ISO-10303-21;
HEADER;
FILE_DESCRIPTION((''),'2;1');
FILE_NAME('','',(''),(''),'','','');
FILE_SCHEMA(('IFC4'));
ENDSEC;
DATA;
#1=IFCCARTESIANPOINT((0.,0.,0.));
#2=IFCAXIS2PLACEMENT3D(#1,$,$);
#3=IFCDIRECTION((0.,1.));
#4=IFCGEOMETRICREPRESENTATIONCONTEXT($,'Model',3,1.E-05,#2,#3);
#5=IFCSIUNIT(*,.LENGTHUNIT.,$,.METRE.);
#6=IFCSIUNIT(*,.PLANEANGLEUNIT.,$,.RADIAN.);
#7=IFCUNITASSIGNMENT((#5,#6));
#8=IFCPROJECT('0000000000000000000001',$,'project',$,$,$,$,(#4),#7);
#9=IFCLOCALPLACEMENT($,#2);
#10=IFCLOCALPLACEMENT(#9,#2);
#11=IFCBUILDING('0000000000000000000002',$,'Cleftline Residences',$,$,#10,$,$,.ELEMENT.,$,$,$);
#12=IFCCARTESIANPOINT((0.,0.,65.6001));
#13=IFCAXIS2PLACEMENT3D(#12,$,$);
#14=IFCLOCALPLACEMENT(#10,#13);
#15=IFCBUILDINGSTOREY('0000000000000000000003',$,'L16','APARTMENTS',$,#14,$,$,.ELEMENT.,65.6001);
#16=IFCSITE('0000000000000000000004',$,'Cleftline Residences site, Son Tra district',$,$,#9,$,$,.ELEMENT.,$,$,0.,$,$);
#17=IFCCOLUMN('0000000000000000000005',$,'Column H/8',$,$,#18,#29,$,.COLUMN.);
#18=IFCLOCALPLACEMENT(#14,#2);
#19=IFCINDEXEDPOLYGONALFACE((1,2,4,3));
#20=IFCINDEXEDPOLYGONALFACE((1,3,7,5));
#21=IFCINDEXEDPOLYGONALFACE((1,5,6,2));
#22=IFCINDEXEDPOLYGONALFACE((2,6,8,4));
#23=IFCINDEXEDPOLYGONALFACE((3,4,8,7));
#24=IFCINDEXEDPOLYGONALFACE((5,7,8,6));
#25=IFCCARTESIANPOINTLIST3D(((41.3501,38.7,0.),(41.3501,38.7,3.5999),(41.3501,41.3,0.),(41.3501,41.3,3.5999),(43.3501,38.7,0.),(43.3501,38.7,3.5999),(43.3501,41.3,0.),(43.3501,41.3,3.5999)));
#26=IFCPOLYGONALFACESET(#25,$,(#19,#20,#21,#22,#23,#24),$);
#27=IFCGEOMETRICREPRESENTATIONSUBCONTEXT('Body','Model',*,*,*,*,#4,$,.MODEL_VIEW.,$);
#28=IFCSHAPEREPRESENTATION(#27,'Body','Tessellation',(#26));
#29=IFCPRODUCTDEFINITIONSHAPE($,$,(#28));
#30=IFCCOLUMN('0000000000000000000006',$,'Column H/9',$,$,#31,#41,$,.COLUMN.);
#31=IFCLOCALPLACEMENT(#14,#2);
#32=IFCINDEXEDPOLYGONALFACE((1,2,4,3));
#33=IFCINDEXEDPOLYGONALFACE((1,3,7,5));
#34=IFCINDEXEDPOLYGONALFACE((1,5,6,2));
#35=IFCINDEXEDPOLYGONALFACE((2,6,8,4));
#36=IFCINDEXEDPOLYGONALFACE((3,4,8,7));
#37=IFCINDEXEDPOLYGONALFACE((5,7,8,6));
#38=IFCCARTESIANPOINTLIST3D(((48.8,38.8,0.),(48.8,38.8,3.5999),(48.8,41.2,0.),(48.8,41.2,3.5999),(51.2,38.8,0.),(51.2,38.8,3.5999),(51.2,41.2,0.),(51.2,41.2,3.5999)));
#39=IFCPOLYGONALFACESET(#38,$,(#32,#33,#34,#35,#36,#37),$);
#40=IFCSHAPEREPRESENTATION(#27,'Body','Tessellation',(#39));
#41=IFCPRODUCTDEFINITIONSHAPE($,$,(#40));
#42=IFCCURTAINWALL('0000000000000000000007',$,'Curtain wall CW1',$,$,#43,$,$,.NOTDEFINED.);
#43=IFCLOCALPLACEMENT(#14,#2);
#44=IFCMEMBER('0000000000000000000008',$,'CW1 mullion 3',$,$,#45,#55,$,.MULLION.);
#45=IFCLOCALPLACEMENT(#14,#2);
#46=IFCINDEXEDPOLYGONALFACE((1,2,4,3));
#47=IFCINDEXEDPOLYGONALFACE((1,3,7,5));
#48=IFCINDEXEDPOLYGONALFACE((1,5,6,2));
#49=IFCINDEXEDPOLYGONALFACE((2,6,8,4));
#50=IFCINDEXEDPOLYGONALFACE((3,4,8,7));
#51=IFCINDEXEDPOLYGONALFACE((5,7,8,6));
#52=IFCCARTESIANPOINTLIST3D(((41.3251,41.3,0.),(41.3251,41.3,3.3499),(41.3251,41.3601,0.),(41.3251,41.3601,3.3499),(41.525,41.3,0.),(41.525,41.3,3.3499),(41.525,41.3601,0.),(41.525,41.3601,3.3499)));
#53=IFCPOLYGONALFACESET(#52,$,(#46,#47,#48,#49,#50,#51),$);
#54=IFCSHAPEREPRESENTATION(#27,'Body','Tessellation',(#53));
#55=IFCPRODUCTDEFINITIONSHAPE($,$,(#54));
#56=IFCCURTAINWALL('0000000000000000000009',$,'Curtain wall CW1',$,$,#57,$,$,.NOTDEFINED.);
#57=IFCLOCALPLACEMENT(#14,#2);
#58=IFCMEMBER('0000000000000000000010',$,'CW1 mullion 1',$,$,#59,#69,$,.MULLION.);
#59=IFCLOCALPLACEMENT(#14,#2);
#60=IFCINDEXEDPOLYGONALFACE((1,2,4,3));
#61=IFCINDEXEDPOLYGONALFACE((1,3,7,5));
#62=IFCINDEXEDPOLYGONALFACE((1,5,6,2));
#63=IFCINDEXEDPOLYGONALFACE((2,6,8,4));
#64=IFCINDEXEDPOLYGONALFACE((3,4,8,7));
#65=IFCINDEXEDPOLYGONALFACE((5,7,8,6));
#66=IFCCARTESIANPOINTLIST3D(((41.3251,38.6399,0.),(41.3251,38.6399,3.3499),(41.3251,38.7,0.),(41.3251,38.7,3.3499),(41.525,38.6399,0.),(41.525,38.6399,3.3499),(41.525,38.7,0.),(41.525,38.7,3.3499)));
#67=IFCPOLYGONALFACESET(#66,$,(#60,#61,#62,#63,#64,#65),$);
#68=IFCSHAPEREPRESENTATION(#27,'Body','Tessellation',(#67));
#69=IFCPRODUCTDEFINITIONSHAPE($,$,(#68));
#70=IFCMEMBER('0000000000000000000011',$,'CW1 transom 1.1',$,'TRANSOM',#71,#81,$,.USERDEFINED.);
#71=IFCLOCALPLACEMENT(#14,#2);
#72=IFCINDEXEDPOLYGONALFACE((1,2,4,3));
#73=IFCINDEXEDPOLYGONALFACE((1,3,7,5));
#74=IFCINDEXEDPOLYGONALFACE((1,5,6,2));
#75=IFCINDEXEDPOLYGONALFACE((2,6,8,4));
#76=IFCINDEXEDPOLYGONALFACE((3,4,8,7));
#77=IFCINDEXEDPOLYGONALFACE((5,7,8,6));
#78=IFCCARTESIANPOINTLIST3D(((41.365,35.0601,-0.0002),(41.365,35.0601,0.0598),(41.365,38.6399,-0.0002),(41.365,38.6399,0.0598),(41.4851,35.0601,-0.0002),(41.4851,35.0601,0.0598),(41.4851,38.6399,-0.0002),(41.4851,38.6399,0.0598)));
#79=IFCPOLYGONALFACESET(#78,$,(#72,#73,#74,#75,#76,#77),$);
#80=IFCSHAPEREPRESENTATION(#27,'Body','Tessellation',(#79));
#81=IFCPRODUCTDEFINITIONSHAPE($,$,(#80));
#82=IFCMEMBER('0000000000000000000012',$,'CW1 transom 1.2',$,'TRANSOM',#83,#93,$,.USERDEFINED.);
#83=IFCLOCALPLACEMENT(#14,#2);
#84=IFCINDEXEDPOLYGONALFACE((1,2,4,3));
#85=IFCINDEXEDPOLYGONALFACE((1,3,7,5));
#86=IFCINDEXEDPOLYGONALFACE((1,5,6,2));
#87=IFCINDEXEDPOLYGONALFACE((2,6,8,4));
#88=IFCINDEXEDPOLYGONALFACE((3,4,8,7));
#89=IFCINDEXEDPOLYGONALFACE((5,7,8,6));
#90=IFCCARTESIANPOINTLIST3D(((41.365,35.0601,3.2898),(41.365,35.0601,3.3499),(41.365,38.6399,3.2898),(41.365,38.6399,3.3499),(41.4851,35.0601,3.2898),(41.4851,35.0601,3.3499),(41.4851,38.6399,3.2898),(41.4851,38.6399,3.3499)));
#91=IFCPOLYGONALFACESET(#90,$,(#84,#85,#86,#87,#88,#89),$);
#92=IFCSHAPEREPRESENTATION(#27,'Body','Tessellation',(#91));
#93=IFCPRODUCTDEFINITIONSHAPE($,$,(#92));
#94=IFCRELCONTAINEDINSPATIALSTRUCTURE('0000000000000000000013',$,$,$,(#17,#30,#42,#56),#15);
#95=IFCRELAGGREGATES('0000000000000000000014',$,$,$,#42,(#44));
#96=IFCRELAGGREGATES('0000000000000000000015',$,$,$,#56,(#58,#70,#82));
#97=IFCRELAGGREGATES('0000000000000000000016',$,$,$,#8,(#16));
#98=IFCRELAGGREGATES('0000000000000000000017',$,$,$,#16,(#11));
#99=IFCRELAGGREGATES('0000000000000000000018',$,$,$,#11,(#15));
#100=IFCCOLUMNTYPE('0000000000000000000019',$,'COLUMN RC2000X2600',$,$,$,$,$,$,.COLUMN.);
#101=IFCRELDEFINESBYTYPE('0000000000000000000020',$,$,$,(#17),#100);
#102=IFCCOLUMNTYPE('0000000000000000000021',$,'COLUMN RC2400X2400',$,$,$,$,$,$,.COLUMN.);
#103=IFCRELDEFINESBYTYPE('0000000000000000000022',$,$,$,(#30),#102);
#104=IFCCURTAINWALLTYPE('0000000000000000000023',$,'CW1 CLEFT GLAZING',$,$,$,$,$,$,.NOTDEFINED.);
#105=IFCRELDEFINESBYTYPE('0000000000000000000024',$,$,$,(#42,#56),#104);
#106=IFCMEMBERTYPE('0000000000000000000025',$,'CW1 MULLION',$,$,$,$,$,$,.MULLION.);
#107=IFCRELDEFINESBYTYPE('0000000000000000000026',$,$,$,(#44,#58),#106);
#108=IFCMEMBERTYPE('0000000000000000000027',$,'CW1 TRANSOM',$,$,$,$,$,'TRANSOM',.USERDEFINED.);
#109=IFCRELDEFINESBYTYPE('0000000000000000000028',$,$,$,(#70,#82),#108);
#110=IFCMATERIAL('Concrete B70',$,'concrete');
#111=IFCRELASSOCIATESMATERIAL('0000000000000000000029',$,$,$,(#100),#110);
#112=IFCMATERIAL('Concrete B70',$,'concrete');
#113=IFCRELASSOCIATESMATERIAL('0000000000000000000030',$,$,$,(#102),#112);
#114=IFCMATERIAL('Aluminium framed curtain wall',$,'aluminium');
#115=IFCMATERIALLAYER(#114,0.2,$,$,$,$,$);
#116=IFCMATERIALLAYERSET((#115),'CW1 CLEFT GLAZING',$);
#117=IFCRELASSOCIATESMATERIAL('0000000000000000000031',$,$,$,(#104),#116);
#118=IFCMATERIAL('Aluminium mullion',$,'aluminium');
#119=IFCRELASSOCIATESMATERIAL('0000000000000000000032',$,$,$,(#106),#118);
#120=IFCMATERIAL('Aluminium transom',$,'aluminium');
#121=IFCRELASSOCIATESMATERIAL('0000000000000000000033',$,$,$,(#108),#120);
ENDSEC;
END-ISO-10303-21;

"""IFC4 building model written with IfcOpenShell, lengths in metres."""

from ifc_helpers import new_model, si_unit, direction, frame, origin, origin_2d, place, context, subcontext, project, spatial, rectangle, extrude, material, layer, layer_set, material_profile, profile_set, type_object, element, aggregate, save


model = new_model("IFC4")

# Units and contexts
model_context = context("Model", 3, precision=1e-05, world=origin(), true_north=direction((0.0, 1.0)))
body_context = subcontext(model_context, "Body", "Model", "MODEL_VIEW")
ifc_project = project(units=[si_unit("LENGTHUNIT", "METRE"), si_unit("PLANEANGLEUNIT", "RADIAN")], contexts=[model_context])

# Site, building, storey
site_placement = place(None, origin())
site = spatial("IfcSite", under=ifc_project, at=site_placement, Name="Cleftline Residences site, Son Tra district", CompositionType="ELEMENT", RefElevation=0.0)
building_placement = place(site_placement, origin())
building = spatial("IfcBuilding", under=site, at=building_placement, Name="Cleftline Residences", CompositionType="ELEMENT")
storey_placement = place(building_placement, frame((0.0, 0.0, 65.6001)))
storey = spatial("IfcBuildingStorey", under=building, at=storey_placement, Name="L16", Description="APARTMENTS", CompositionType="ELEMENT", Elevation=65.6001)

# Columns
ifc_material_1 = material(Name="Concrete B70", Category="concrete")
ifc_material_profile_1 = material_profile(ifc_material_1, rectangle(XDim=2.0, YDim=2.6001, at=origin_2d()))
ifc_profile_set_1 = profile_set([ifc_material_profile_1], Name="Concrete B70")
column_type_1 = type_object("IfcColumnType", Name="COLUMN RC2000X2600", PredefinedType="COLUMN", material=ifc_profile_set_1)
column_1_placement = place(storey_placement, frame((42.3501, 40.0, 0.0), z_axis=(0.0, 0.0, 1.0), x_axis=(1.0, 0.0, 0.0)))
element("IfcColumn", 1, at=column_1_placement, inside=storey, type_object=column_type_1, Name="Column H/8", PredefinedType="COLUMN", context=body_context, shape_type="SweptSolid", body=[
    extrude(rectangle(XDim=2.0, YDim=2.6001, at=origin_2d()), origin(), (0.0, 0.0, 1.0), 3.5999),
])
ifc_material_2 = material(Name="Concrete B70", Category="concrete")
ifc_material_profile_2 = material_profile(ifc_material_2, rectangle(XDim=2.3999, YDim=2.3999, at=origin_2d()))
ifc_profile_set_2 = profile_set([ifc_material_profile_2], Name="Concrete B70")
column_type_2 = type_object("IfcColumnType", Name="COLUMN RC2400X2400", PredefinedType="COLUMN", material=ifc_profile_set_2)
column_2_placement = place(storey_placement, frame((50.0, 40.0, 0.0), z_axis=(0.0, 0.0, 1.0), x_axis=(1.0, 0.0, 0.0)))
element("IfcColumn", 2, at=column_2_placement, inside=storey, type_object=column_type_2, Name="Column H/9", PredefinedType="COLUMN", context=body_context, shape_type="SweptSolid", body=[
    extrude(rectangle(XDim=2.3999, YDim=2.3999, at=origin_2d()), origin(), (0.0, 0.0, 1.0), 3.5999),
])

# Curtain wall, member
ifc_material_3 = material(Name="Aluminium framed curtain wall", Category="aluminium")
ifc_layer_1 = layer(ifc_material_3, 0.2)
ifc_layer_set_1 = layer_set([ifc_layer_1], Name="CW1 CLEFT GLAZING")
curtain_wall_type = type_object("IfcCurtainWallType", Name="CW1 CLEFT GLAZING", PredefinedType="NOTDEFINED", material=ifc_layer_set_1)
curtain_wall_1_placement = place(storey_placement, origin())
curtain_wall_1 = element("IfcCurtainWall", 3, at=curtain_wall_1_placement, inside=storey, type_object=curtain_wall_type, Name="Curtain wall CW1", PredefinedType="NOTDEFINED")
ifc_material_4 = material(Name="Aluminium mullion", Category="aluminium")
ifc_material_profile_3 = material_profile(ifc_material_4, rectangle(XDim=0.2, YDim=0.0601, at=origin_2d()))
ifc_profile_set_3 = profile_set([ifc_material_profile_3], Name="Aluminium mullion")
member_type_1 = type_object("IfcMemberType", Name="CW1 MULLION", PredefinedType="MULLION", material=ifc_profile_set_3)
member_1_placement = place(storey_placement, frame((41.425, 41.3301, 0.0), z_axis=(0.0, 0.0, 1.0), x_axis=(1.0, 0.0, 0.0)))
member_1 = element("IfcMember", 4, at=member_1_placement, type_object=member_type_1, Name="CW1 mullion 3", PredefinedType="MULLION", context=body_context, shape_type="SweptSolid", body=[
    extrude(rectangle(XDim=0.2, YDim=0.0601, at=origin_2d()), origin(), (0.0, 0.0, 1.0), 3.3499),
])
aggregate(curtain_wall_1, [member_1])

# Curtain wall, members
curtain_wall_2_placement = place(storey_placement, origin())
curtain_wall_2 = element("IfcCurtainWall", 5, at=curtain_wall_2_placement, inside=storey, type_object=curtain_wall_type, Name="Curtain wall CW1", PredefinedType="NOTDEFINED")
member_2_placement = place(storey_placement, frame((41.425, 38.6699, 0.0), z_axis=(0.0, 0.0, 1.0), x_axis=(1.0, 0.0, 0.0)))
member_2 = element("IfcMember", 6, at=member_2_placement, type_object=member_type_1, Name="CW1 mullion 1", PredefinedType="MULLION", context=body_context, shape_type="SweptSolid", body=[
    extrude(rectangle(XDim=0.2, YDim=0.0601, at=origin_2d()), origin(), (0.0, 0.0, 1.0), 3.3499),
])
ifc_material_5 = material(Name="Aluminium transom", Category="aluminium")
ifc_material_profile_4 = material_profile(ifc_material_5, rectangle(XDim=0.1201, YDim=0.0601, at=origin_2d()))
ifc_profile_set_4 = profile_set([ifc_material_profile_4], Name="Aluminium transom")
member_type_2 = type_object("IfcMemberType", Name="CW1 TRANSOM", ElementType="TRANSOM", PredefinedType="USERDEFINED", material=ifc_profile_set_4)
member_3_placement = place(storey_placement, frame((41.425, 38.6399, 0.0298), z_axis=(0.0, -1.0, 0.0), x_axis=(1.0, 0.0, 0.0)))
member_3 = element("IfcMember", 7, at=member_3_placement, type_object=member_type_2, Name="CW1 transom 1.1", ObjectType="TRANSOM", PredefinedType="USERDEFINED", context=body_context, shape_type="SweptSolid", body=[
    extrude(rectangle(XDim=0.1201, YDim=0.0601, at=origin_2d()), origin(), (0.0, 0.0, 1.0), 3.5798),
])
member_4_placement = place(storey_placement, frame((41.425, 38.6399, 3.3198), z_axis=(0.0, -1.0, 0.0), x_axis=(1.0, 0.0, 0.0)))
member_4 = element("IfcMember", 8, at=member_4_placement, type_object=member_type_2, Name="CW1 transom 1.2", ObjectType="TRANSOM", PredefinedType="USERDEFINED", context=body_context, shape_type="SweptSolid", body=[
    extrude(rectangle(XDim=0.1201, YDim=0.0601, at=origin_2d()), origin(), (0.0, 0.0, 1.0), 3.5798),
])
aggregate(curtain_wall_2, [member_2, member_3, member_4])

save(model, "model.ifc")
